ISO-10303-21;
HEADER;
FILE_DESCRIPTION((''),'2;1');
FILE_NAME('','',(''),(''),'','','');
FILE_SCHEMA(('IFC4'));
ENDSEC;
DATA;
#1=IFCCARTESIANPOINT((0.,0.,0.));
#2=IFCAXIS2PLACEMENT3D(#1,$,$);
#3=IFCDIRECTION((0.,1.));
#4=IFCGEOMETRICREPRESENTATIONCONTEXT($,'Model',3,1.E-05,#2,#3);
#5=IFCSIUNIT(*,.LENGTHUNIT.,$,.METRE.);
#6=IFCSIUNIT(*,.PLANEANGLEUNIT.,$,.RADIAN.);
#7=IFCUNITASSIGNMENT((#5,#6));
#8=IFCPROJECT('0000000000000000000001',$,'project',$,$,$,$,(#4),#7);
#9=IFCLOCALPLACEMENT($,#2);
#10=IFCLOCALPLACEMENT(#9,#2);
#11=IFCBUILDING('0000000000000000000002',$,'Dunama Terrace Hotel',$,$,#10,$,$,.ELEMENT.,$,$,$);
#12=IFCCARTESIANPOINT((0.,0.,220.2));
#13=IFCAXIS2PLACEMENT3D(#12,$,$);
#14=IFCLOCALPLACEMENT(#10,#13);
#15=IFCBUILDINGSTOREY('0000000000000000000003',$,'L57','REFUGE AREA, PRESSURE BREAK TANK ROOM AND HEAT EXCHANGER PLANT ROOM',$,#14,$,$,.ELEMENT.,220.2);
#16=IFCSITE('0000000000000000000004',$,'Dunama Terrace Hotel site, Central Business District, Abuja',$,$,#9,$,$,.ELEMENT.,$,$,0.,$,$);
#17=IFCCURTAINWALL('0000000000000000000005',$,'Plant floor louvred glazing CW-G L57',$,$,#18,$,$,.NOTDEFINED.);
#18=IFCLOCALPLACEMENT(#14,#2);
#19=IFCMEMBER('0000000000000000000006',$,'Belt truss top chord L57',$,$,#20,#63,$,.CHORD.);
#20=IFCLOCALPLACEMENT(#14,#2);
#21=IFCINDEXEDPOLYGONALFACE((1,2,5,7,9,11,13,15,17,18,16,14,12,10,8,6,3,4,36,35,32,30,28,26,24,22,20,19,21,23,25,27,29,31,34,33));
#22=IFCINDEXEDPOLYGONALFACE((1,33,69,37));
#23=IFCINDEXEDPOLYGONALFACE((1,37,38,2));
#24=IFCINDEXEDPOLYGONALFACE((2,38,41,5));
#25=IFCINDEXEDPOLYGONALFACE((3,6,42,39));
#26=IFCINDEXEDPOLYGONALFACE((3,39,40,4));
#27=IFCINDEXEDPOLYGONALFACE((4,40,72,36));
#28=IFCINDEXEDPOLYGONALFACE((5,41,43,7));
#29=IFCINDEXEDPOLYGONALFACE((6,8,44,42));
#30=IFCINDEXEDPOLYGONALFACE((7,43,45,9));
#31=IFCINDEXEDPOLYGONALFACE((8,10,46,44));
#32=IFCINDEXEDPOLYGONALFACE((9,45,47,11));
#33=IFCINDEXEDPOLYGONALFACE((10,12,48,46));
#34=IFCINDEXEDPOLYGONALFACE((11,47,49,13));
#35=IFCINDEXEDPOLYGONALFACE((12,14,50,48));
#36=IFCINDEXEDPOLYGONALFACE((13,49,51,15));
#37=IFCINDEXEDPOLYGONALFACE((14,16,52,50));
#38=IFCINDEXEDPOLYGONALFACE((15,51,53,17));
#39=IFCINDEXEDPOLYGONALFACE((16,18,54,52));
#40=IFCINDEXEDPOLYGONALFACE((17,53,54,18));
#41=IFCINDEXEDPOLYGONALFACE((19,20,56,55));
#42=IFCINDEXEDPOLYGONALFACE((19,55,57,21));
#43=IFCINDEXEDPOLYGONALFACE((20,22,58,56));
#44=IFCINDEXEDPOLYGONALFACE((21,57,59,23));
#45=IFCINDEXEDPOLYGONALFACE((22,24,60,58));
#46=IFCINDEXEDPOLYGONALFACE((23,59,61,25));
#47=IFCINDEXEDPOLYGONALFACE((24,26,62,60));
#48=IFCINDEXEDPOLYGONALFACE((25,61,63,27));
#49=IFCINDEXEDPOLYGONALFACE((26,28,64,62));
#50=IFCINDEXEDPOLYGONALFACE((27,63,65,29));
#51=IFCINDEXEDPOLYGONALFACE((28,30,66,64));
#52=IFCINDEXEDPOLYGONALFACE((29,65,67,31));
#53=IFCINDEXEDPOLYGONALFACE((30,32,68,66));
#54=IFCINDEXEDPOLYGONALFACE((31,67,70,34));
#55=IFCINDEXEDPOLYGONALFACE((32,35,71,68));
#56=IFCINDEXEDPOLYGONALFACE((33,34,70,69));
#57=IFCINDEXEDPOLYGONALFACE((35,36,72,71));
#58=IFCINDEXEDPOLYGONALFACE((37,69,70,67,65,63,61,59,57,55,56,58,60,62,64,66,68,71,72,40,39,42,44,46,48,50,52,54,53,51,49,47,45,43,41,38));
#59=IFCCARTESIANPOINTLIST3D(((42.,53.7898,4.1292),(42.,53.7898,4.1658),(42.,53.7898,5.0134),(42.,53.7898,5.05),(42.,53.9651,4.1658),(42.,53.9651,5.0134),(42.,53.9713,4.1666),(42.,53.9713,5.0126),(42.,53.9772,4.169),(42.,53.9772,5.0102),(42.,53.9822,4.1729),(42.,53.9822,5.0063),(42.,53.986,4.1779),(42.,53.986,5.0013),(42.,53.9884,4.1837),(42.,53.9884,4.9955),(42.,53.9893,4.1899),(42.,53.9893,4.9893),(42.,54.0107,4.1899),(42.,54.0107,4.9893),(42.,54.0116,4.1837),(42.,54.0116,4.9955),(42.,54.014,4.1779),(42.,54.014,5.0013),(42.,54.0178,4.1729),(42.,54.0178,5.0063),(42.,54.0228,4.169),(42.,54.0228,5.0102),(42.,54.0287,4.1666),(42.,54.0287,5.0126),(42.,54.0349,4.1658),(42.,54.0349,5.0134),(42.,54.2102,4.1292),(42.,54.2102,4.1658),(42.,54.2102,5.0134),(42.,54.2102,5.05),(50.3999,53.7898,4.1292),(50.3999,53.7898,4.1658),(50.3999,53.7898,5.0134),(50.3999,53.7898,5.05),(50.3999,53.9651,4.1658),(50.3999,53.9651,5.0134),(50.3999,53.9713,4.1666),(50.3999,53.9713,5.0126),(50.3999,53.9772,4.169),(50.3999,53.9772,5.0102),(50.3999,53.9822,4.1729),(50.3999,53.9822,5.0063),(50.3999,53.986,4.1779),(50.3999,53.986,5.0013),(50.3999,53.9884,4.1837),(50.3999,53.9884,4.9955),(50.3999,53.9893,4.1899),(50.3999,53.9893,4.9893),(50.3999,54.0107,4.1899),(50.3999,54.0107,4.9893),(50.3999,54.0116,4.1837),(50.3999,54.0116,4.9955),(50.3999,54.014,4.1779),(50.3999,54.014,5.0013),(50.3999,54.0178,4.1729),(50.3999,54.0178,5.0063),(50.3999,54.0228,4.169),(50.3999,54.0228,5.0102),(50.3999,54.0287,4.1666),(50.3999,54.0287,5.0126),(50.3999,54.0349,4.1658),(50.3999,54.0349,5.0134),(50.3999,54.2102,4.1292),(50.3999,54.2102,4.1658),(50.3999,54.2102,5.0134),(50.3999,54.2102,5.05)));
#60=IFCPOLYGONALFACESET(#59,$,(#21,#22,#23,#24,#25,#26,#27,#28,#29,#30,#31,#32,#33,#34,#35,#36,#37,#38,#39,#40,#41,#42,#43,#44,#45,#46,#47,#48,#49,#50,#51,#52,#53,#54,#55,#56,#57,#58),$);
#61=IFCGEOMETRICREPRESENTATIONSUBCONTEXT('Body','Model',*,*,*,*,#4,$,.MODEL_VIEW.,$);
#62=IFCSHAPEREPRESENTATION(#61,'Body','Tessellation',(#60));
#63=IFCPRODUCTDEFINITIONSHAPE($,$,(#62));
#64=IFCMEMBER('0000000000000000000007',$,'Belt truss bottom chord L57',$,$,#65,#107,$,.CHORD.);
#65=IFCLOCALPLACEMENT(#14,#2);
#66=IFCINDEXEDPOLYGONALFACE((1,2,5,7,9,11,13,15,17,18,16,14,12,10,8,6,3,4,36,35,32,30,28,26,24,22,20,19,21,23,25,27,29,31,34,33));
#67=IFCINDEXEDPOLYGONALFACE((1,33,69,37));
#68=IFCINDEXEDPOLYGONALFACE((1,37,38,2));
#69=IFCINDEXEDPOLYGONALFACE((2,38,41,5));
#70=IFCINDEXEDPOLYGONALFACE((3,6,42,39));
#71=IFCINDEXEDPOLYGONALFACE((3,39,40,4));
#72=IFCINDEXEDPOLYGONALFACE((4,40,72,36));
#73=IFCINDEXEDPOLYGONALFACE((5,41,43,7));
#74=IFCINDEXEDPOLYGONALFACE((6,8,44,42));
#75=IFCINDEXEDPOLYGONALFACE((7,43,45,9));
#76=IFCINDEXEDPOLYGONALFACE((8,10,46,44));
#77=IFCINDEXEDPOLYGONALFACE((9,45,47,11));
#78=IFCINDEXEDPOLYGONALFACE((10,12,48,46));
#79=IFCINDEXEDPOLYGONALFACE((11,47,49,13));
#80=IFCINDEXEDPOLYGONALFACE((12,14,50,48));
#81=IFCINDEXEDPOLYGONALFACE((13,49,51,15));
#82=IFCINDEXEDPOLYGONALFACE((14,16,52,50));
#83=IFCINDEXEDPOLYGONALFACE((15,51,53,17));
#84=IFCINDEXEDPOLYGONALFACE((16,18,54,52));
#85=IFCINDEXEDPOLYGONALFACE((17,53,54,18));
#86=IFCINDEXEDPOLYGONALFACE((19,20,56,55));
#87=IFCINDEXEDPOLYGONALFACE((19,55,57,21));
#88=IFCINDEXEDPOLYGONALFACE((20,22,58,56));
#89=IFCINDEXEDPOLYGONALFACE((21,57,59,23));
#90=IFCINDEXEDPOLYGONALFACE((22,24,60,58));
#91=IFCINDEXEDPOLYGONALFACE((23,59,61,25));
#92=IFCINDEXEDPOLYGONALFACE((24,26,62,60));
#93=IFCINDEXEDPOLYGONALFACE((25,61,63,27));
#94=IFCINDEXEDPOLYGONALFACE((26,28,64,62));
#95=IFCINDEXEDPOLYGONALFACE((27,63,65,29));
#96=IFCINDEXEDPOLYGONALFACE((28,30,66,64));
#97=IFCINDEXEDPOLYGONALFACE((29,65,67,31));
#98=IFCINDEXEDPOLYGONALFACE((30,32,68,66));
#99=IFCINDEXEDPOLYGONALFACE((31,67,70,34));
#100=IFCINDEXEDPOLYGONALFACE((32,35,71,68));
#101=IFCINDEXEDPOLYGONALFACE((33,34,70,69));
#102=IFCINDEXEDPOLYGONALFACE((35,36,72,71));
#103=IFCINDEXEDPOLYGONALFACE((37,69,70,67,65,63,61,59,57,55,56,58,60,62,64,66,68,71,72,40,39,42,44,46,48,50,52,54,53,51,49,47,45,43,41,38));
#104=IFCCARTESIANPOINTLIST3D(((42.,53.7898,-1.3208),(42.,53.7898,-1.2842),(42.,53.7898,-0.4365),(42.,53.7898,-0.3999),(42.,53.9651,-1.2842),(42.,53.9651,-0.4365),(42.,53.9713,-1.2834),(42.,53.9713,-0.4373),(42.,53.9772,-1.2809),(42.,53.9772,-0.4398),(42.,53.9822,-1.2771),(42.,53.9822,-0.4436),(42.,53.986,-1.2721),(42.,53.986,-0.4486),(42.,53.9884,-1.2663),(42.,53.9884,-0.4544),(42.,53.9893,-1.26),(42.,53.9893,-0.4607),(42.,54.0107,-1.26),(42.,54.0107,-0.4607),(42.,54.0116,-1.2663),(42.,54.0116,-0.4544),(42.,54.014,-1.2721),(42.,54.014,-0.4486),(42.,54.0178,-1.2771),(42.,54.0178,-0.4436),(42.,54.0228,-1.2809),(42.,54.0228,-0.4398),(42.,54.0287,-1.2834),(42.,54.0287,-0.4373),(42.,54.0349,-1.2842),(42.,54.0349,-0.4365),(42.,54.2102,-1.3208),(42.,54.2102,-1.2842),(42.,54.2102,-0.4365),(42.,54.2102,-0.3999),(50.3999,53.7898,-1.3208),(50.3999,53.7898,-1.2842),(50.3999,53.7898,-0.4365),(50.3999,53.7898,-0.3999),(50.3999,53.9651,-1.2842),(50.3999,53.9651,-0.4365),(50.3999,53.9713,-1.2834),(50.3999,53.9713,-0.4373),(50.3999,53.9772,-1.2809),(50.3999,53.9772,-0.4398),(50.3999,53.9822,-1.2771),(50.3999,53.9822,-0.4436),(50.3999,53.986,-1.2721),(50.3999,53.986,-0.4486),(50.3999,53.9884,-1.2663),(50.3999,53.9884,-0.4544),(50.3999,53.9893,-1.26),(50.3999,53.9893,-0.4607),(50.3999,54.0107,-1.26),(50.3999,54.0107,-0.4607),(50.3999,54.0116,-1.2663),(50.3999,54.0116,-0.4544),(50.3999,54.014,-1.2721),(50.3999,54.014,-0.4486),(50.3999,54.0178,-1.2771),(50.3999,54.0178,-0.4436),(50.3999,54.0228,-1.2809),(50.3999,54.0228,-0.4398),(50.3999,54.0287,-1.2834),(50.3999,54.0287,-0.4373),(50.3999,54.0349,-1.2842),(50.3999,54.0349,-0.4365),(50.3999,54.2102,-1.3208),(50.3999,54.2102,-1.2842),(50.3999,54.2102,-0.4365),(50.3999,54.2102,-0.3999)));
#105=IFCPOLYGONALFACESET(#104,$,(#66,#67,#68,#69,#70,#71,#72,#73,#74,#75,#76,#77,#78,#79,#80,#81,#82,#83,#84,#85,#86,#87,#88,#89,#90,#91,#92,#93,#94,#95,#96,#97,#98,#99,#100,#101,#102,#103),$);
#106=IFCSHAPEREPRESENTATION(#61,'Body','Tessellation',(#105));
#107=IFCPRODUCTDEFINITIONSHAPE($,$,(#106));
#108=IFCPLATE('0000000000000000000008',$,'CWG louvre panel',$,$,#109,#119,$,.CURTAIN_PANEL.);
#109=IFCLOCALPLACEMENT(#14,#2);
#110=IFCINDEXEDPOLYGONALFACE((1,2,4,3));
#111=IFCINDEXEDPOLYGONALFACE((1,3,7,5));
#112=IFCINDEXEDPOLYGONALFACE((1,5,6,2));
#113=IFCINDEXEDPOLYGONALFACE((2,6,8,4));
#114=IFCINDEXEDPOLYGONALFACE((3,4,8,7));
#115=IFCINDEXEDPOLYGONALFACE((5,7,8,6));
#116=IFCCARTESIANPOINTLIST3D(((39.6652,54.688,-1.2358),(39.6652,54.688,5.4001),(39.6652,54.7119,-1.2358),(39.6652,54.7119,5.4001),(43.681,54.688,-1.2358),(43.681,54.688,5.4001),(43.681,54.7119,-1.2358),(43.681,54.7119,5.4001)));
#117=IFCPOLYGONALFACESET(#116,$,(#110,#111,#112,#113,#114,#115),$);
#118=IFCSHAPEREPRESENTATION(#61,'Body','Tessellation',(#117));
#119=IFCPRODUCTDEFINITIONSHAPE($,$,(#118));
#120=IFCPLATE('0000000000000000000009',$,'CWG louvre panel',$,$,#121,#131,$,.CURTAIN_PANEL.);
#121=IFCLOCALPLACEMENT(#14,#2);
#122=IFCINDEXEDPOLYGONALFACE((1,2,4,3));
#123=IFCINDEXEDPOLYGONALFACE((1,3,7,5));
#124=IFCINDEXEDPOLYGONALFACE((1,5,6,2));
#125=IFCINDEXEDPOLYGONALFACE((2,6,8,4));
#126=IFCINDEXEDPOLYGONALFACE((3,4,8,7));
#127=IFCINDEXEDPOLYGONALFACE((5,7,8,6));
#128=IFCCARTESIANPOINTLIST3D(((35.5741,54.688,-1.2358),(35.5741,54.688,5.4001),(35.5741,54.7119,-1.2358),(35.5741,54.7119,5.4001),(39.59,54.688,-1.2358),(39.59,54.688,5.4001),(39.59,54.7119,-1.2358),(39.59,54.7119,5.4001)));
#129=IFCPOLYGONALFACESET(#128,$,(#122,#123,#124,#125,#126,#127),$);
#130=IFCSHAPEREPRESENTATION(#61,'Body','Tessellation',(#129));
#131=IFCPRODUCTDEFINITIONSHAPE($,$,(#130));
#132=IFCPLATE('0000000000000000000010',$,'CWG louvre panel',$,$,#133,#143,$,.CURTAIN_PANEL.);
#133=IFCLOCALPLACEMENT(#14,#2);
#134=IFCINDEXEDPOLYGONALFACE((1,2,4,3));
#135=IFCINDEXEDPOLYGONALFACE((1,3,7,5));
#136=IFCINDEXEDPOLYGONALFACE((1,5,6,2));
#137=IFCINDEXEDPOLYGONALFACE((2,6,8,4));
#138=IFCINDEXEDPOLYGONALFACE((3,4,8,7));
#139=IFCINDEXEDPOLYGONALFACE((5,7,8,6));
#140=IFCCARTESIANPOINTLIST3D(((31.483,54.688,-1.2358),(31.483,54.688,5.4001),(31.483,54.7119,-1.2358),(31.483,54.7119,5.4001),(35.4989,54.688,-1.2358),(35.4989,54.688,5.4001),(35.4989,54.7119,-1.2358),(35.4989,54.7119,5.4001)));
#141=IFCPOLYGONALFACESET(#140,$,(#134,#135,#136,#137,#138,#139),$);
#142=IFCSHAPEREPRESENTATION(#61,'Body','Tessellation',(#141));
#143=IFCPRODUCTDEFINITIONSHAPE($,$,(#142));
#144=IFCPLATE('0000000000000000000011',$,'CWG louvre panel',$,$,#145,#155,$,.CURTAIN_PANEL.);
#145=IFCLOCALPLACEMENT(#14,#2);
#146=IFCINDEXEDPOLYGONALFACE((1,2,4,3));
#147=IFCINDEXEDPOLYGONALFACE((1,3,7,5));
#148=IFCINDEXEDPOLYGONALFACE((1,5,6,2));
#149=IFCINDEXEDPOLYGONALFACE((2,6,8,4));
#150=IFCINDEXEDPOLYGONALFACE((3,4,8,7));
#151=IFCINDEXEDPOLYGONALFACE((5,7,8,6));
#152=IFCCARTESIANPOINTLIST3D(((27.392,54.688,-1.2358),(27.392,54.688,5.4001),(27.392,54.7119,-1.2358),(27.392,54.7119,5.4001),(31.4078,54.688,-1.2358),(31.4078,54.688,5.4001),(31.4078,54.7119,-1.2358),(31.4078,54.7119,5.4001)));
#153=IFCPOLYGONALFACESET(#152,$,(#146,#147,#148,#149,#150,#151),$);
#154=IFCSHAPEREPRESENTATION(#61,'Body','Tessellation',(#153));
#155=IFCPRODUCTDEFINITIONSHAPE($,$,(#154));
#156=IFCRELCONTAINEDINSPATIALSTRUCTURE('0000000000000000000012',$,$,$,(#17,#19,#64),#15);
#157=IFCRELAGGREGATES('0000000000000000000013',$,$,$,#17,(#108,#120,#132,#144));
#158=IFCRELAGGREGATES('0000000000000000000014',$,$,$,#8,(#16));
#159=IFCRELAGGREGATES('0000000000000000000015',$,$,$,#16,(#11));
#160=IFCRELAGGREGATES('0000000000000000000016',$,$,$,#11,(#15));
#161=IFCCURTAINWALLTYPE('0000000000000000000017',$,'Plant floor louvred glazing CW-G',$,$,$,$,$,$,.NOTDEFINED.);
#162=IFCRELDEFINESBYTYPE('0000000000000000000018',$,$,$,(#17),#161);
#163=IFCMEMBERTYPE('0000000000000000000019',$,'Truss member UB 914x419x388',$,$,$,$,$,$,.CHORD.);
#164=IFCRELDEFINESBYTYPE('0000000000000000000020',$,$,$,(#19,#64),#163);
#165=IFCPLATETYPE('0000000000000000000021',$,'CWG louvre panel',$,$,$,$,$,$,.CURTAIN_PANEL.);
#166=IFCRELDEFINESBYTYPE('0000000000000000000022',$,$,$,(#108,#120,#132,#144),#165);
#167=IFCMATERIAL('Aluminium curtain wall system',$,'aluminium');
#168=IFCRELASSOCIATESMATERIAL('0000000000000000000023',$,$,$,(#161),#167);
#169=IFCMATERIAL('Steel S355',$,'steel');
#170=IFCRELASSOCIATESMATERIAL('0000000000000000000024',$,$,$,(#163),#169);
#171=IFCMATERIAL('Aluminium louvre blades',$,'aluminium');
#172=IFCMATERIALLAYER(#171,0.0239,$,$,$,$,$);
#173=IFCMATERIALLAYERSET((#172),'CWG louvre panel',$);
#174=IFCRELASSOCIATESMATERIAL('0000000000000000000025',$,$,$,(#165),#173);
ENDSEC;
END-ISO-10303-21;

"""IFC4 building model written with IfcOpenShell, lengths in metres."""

from ifc_helpers import new_model, si_unit, direction, frame, origin, origin_2d, place, context, subcontext, project, spatial, rectangle, i_section, extrude, material, layer, layer_set, material_profile, profile_set, type_object, element, aggregate, save


model = new_model("IFC4")

# Units and contexts
model_context = context("Model", 3, precision=1e-05, world=origin(), true_north=direction((0.0, 1.0)))
body_context = subcontext(model_context, "Body", "Model", "MODEL_VIEW")
ifc_project = project(units=[si_unit("LENGTHUNIT", "METRE"), si_unit("PLANEANGLEUNIT", "RADIAN")], contexts=[model_context])

# Site, building, storey
site_placement = place(None, origin())
site = spatial("IfcSite", under=ifc_project, at=site_placement, Name="Dunama Terrace Hotel site, Central Business District, Abuja", CompositionType="ELEMENT", RefElevation=0.0)
building_placement = place(site_placement, origin())
building = spatial("IfcBuilding", under=site, at=building_placement, Name="Dunama Terrace Hotel", CompositionType="ELEMENT")
storey_placement = place(building_placement, frame((0.0, 0.0, 220.2)))
storey = spatial("IfcBuildingStorey", under=building, at=storey_placement, Name="L57", Description="REFUGE AREA, PRESSURE BREAK TANK ROOM AND HEAT EXCHANGER PLANT ROOM", CompositionType="ELEMENT", Elevation=220.2)

# Curtain wall
ifc_material_1 = material(Name="Aluminium curtain wall system", Category="aluminium")
curtain_wall_type = type_object("IfcCurtainWallType", Name="Plant floor louvred glazing CW-G", PredefinedType="NOTDEFINED", material=ifc_material_1)
curtain_wall_placement = place(storey_placement, origin())
curtain_wall = element("IfcCurtainWall", 1, at=curtain_wall_placement, inside=storey, type_object=curtain_wall_type, Name="Plant floor louvred glazing CW-G L57", PredefinedType="NOTDEFINED")

# Members
ifc_material_2 = material(Name="Steel S355", Category="steel")
ifc_material_profile_1 = material_profile(ifc_material_2, i_section(OverallWidth=0.4204, OverallDepth=0.9209, WebThickness=0.0215, FlangeThickness=0.0366, FilletRadius=0.0242, at=origin_2d()), Name="UB 914x419x388")
ifc_profile_set_1 = profile_set([ifc_material_profile_1], Name="Steel S355")
member_type_1 = type_object("IfcMemberType", Name="Truss member UB 914x419x388", PredefinedType="CHORD", material=ifc_profile_set_1)
for number, where, z_axis, x_axis, name in (
    (2, (42.0, 54.0, 4.5896), (1.0, 0.0, 0.0), (0.0, 1.0, 0.0), "Belt truss top chord L57"),
    (3, (42.0, 54.0, -0.8604), (1.0, 0.0, 0.0), (0.0, 1.0, 0.0), "Belt truss bottom chord L57"),
):
    element("IfcMember", number, at=place(storey_placement, frame(where, z_axis=z_axis, x_axis=x_axis)), inside=storey, type_object=member_type_1, Name=name, PredefinedType="CHORD", context=body_context, shape_type="SweptSolid", body=[
        extrude(i_section(OverallWidth=0.4204, OverallDepth=0.9209, WebThickness=0.0215, FlangeThickness=0.0366, FilletRadius=0.0242, at=origin_2d()), origin(), (0.0, 0.0, 1.0), 8.3999),
    ])

# Plates
ifc_material_3 = material(Name="Aluminium louvre blades", Category="aluminium")
ifc_layer = layer(ifc_material_3, 0.0239)
ifc_layer_set = layer_set([ifc_layer], Name="CWG louvre panel")
plate_type = type_object("IfcPlateType", Name="CWG louvre panel", PredefinedType="CURTAIN_PANEL", material=ifc_layer_set)
plate_1_placement = place(storey_placement, frame((41.6731, 54.7, -1.2358), z_axis=(0.0, 0.0, 1.0), x_axis=(-1.0, 0.0, 0.0)))
plate_1 = element("IfcPlate", 4, at=plate_1_placement, type_object=plate_type, Name="CWG louvre panel", PredefinedType="CURTAIN_PANEL", context=body_context, shape_type="SweptSolid", body=[
    extrude(rectangle(XDim=4.0159, YDim=0.0239, at=origin_2d()), origin(), (0.0, 0.0, 1.0), 6.636),
])
plate_2_placement = place(storey_placement, frame((37.582, 54.7, -1.2358), z_axis=(0.0, 0.0, 1.0), x_axis=(-1.0, 0.0, 0.0)))
plate_2 = element("IfcPlate", 5, at=plate_2_placement, type_object=plate_type, Name="CWG louvre panel", PredefinedType="CURTAIN_PANEL", context=body_context, shape_type="SweptSolid", body=[
    extrude(rectangle(XDim=4.0159, YDim=0.0239, at=origin_2d()), origin(), (0.0, 0.0, 1.0), 6.636),
])
plate_3_placement = place(storey_placement, frame((33.491, 54.7, -1.2358), z_axis=(0.0, 0.0, 1.0), x_axis=(-1.0, 0.0, 0.0)))
plate_3 = element("IfcPlate", 6, at=plate_3_placement, type_object=plate_type, Name="CWG louvre panel", PredefinedType="CURTAIN_PANEL", context=body_context, shape_type="SweptSolid", body=[
    extrude(rectangle(XDim=4.0159, YDim=0.0239, at=origin_2d()), origin(), (0.0, 0.0, 1.0), 6.636),
])
plate_4_placement = place(storey_placement, frame((29.3999, 54.7, -1.2358), z_axis=(0.0, 0.0, 1.0), x_axis=(-1.0, 0.0, 0.0)))
plate_4 = element("IfcPlate", 7, at=plate_4_placement, type_object=plate_type, Name="CWG louvre panel", PredefinedType="CURTAIN_PANEL", context=body_context, shape_type="SweptSolid", body=[
    extrude(rectangle(XDim=4.0159, YDim=0.0239, at=origin_2d()), origin(), (0.0, 0.0, 1.0), 6.636),
])
aggregate(curtain_wall, [plate_1, plate_2, plate_3, plate_4])

save(model, "model.ifc")
